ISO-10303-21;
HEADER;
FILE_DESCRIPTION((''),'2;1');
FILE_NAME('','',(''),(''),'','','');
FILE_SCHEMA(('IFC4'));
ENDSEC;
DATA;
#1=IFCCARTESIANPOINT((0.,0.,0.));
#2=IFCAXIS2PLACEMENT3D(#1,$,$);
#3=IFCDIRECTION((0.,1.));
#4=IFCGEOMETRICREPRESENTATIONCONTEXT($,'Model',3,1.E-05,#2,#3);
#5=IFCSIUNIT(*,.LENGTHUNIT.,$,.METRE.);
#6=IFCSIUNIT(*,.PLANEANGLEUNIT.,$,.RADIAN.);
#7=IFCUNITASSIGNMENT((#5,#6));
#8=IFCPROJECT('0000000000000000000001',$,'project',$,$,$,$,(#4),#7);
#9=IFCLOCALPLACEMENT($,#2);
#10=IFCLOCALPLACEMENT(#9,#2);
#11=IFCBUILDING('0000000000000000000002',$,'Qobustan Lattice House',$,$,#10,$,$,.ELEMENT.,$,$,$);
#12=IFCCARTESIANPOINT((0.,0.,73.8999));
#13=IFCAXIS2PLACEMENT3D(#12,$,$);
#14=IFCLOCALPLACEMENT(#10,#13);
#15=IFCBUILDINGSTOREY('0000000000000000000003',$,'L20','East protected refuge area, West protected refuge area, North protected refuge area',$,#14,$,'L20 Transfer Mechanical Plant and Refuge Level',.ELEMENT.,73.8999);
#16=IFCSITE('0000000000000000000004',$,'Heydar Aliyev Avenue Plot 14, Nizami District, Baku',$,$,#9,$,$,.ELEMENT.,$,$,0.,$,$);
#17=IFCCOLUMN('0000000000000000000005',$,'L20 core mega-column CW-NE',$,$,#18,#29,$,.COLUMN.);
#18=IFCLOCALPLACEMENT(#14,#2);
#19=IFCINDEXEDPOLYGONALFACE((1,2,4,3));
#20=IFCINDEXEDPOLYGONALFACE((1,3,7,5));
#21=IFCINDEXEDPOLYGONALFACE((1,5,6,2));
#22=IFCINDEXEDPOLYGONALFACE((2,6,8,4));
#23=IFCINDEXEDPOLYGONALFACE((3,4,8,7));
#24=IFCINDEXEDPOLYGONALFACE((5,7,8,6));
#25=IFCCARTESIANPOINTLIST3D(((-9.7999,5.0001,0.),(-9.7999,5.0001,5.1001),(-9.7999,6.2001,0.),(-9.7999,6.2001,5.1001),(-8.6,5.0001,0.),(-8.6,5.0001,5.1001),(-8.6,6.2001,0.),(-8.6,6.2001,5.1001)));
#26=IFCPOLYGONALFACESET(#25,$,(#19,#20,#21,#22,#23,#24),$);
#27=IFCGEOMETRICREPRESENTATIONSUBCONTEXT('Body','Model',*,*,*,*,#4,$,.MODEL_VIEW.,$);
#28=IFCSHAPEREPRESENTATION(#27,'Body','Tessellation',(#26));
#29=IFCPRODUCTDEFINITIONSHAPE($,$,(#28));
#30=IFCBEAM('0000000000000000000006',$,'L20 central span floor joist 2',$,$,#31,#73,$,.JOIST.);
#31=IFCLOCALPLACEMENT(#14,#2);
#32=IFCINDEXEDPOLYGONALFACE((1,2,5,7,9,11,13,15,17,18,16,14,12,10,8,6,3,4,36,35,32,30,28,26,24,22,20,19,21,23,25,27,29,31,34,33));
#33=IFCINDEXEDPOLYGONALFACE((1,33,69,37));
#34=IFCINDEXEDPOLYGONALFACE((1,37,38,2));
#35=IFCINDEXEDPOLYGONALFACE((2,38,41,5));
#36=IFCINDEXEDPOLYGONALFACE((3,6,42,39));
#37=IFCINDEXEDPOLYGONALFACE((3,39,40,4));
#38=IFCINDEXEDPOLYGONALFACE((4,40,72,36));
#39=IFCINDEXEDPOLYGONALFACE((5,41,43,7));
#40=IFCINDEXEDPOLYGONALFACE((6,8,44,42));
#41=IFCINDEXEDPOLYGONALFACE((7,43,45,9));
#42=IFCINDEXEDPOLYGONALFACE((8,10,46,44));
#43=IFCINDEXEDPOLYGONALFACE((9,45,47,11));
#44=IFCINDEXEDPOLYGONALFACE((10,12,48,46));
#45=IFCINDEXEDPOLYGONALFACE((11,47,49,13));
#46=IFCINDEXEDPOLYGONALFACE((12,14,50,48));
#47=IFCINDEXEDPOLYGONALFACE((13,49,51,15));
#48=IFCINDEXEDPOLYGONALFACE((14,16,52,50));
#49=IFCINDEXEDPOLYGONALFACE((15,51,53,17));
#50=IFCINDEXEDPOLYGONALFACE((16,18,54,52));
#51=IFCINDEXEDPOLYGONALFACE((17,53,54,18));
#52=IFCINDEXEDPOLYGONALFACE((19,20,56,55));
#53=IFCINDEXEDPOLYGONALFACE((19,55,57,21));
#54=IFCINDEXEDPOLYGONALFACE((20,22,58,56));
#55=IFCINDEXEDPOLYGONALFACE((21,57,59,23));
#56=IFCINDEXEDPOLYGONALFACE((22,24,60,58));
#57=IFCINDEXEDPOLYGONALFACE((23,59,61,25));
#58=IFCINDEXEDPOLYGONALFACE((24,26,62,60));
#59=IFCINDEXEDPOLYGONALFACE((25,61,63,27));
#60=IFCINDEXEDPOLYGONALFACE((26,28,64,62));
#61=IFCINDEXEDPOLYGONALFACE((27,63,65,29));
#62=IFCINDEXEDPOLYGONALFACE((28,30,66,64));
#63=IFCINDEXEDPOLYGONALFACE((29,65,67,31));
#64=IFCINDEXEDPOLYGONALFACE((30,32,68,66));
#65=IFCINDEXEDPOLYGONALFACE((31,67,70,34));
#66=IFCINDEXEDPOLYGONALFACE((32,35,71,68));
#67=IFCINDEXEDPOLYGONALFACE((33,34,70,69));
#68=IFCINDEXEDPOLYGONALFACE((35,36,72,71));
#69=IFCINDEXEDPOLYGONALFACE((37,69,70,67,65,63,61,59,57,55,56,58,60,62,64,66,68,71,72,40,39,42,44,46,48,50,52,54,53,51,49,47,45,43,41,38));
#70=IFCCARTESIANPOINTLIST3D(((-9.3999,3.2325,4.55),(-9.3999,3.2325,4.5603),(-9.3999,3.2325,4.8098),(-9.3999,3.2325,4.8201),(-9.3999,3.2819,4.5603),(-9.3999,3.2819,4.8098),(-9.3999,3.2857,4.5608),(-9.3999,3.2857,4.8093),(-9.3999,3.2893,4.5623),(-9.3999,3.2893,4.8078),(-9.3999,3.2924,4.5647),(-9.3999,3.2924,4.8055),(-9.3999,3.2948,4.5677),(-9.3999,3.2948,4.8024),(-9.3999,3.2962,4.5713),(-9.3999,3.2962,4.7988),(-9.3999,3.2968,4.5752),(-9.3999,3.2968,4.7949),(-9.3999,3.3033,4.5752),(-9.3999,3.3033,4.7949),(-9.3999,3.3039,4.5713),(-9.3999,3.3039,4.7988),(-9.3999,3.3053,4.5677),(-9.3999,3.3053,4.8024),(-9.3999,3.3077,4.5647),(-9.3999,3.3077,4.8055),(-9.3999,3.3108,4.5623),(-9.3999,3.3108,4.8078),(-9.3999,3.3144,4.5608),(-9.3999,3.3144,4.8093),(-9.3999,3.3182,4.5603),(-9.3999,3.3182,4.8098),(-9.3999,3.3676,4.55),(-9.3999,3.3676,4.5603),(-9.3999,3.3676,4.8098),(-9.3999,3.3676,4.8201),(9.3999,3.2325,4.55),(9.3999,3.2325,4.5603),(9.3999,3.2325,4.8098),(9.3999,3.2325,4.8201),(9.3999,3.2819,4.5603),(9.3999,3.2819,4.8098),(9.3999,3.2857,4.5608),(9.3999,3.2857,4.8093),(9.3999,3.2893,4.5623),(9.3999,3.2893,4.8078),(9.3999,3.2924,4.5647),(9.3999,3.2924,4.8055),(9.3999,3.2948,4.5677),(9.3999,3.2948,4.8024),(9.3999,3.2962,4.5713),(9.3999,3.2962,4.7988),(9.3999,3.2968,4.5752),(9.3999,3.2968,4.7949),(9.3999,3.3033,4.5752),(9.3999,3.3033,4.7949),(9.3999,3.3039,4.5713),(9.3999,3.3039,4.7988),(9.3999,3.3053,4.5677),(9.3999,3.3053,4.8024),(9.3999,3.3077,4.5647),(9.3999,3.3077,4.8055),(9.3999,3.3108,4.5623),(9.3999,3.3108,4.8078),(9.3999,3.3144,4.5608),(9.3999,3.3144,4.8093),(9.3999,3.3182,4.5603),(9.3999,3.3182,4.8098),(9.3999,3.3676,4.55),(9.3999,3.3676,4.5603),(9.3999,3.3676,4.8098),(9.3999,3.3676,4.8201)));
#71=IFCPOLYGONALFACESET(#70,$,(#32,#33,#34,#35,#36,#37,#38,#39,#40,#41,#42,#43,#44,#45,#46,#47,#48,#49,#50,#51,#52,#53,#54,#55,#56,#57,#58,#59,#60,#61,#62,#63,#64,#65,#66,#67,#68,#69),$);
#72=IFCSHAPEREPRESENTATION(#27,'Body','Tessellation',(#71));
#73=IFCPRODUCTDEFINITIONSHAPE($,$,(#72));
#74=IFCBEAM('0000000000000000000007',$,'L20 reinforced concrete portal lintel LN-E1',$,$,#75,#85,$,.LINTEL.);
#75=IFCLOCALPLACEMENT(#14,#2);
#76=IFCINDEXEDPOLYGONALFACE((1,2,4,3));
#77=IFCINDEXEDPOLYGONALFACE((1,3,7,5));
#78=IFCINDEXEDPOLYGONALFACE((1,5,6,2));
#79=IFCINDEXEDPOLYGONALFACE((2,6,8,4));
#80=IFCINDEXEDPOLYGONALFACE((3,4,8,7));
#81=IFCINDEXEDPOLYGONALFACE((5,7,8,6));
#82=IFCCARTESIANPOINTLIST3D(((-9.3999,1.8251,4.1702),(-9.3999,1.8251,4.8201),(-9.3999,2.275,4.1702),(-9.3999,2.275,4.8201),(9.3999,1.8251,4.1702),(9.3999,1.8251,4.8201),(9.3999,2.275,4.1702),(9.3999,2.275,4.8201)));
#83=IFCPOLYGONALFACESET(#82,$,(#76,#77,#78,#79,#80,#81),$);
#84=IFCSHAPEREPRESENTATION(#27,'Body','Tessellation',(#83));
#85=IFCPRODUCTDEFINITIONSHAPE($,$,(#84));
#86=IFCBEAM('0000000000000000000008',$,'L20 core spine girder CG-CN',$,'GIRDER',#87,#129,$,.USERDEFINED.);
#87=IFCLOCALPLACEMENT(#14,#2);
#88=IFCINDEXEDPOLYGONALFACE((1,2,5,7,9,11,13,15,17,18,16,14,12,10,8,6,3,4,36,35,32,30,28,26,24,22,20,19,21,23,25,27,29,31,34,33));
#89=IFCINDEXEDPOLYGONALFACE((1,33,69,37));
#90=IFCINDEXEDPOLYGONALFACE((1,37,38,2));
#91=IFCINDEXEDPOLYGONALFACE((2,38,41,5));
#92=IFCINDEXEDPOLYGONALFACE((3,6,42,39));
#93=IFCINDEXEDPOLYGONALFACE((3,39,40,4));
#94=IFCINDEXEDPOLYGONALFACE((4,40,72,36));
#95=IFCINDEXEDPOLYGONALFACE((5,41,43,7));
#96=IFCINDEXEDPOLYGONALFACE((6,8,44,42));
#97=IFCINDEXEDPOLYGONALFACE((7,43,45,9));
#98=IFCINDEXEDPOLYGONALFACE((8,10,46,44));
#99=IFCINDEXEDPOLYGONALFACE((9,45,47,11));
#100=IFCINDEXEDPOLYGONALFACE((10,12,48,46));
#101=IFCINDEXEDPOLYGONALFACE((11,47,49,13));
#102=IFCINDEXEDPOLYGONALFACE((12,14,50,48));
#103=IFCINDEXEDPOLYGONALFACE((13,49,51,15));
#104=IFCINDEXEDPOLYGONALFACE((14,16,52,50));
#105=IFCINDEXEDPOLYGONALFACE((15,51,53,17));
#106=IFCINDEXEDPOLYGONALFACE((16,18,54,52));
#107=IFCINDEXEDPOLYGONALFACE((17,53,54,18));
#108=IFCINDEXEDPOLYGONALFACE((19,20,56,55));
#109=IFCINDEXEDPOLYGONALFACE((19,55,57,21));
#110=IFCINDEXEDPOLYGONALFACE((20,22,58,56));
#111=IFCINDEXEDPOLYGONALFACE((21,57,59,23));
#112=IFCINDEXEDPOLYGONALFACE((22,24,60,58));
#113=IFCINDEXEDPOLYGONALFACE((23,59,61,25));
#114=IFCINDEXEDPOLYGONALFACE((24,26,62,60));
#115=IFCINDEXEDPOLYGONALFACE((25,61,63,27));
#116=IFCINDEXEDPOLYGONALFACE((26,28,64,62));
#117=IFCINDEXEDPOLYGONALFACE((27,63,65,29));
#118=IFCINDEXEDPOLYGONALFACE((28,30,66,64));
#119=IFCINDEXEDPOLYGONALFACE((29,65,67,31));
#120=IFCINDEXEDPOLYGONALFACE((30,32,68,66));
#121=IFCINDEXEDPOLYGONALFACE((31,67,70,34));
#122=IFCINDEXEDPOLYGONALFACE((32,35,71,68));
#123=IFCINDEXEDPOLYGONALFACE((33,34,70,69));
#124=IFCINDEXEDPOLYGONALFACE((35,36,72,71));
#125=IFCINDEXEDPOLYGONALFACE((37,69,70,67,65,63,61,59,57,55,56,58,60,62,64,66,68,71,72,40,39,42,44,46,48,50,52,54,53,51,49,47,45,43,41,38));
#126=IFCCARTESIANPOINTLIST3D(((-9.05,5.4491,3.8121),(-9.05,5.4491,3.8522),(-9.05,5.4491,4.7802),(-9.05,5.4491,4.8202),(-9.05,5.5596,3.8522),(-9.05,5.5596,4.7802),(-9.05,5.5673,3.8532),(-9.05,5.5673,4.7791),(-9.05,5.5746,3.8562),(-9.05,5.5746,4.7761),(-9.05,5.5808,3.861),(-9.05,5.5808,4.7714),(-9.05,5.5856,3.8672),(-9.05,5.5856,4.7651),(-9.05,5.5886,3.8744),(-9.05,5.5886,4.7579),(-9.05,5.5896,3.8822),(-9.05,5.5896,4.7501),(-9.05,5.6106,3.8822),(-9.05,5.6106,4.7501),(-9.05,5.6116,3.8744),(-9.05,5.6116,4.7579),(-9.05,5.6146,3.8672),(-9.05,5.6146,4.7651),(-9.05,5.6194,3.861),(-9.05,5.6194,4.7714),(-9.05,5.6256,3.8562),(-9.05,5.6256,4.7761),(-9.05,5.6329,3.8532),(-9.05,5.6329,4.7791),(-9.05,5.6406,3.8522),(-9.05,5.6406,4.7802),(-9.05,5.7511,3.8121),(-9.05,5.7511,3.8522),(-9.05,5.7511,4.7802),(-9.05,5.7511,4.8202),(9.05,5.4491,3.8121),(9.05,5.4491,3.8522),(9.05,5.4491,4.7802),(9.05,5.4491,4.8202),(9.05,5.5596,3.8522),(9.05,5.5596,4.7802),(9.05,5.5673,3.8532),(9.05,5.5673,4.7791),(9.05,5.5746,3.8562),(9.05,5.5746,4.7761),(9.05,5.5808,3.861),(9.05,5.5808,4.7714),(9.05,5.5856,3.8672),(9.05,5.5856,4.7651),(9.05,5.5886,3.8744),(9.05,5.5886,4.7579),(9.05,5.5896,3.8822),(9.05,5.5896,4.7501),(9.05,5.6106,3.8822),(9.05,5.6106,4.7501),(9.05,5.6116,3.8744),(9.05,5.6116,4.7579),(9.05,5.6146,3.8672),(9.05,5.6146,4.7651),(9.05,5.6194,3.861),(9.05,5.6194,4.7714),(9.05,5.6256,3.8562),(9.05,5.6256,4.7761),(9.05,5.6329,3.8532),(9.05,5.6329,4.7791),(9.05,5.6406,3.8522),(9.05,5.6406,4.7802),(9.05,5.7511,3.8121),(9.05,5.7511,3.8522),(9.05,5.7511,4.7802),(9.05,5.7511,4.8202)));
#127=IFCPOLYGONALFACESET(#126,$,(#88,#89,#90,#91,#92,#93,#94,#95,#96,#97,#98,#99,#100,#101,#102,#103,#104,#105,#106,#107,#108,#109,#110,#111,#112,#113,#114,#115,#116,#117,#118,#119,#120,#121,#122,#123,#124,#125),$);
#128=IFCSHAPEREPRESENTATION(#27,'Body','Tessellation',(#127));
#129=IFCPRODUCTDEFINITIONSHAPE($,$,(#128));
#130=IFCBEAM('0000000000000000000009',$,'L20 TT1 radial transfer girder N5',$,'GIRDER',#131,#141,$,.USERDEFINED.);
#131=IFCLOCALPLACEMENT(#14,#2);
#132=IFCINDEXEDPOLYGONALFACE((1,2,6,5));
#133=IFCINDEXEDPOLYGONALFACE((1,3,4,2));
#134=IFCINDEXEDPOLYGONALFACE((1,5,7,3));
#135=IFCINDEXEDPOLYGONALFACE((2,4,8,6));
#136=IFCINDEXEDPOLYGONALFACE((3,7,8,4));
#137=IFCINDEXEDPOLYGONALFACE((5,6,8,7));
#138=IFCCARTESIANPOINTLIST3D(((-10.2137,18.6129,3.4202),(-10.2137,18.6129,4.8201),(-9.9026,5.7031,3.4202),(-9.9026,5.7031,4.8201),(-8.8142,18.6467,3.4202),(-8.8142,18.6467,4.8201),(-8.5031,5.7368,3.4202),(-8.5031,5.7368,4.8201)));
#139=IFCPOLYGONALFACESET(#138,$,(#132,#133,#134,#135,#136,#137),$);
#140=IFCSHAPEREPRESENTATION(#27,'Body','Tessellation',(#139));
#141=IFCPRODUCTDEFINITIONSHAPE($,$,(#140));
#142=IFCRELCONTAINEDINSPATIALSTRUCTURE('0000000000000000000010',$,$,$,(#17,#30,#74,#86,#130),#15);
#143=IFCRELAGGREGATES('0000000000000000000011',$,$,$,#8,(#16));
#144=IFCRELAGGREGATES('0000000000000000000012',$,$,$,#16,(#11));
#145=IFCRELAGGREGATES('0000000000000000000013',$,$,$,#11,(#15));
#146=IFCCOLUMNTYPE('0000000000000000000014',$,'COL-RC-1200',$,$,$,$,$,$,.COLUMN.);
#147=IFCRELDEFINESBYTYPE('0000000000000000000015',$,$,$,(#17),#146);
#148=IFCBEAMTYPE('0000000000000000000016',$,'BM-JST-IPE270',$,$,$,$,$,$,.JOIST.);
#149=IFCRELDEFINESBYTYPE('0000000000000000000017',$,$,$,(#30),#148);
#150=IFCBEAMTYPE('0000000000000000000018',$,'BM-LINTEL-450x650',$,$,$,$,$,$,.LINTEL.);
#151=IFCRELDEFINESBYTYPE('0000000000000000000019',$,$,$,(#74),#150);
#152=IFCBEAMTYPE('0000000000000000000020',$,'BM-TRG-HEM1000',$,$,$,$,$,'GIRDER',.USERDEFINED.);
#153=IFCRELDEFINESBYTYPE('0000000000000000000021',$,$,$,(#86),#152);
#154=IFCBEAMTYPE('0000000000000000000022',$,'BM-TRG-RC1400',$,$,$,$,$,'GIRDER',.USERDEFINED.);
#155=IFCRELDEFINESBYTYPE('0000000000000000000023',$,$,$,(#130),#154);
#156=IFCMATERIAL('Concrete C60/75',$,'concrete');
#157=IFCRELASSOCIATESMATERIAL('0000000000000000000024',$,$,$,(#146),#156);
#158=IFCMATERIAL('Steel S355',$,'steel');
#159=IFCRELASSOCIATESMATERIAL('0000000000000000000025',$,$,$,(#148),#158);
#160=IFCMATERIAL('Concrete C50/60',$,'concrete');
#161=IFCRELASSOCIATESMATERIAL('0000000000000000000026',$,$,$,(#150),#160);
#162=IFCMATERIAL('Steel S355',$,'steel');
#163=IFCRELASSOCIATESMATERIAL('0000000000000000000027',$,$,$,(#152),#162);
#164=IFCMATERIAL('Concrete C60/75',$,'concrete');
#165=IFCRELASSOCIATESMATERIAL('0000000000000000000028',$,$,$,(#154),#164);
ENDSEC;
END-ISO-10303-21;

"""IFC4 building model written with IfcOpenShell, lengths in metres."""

from ifc_helpers import new_model, si_unit, direction, frame, origin, origin_2d, place, context, subcontext, project, spatial, rectangle, i_section, extrude, material, material_profile, profile_set, type_object, element, save


model = new_model("IFC4")

# Units and contexts
model_context = context("Model", 3, precision=1e-05, world=origin(), true_north=direction((0.0, 1.0)))
body_context = subcontext(model_context, "Body", "Model", "MODEL_VIEW")
ifc_project = project(units=[si_unit("LENGTHUNIT", "METRE"), si_unit("PLANEANGLEUNIT", "RADIAN")], contexts=[model_context])

# Site, building, storey
site_placement = place(None, origin())
site = spatial("IfcSite", under=ifc_project, at=site_placement, Name="Heydar Aliyev Avenue Plot 14, Nizami District, Baku", CompositionType="ELEMENT", RefElevation=0.0)
building_placement = place(site_placement, origin())
building = spatial("IfcBuilding", under=site, at=building_placement, Name="Qobustan Lattice House", CompositionType="ELEMENT")
storey_placement = place(building_placement, frame((0.0, 0.0, 73.8999)))
storey = spatial("IfcBuildingStorey", under=building, at=storey_placement, Name="L20", Description="East protected refuge area, West protected refuge area, North protected refuge area", LongName="L20 Transfer Mechanical Plant and Refuge Level", CompositionType="ELEMENT", Elevation=73.8999)

# Column
ifc_material_1 = material(Name="Concrete C60/75", Category="concrete")
ifc_material_profile_1 = material_profile(ifc_material_1, rectangle(XDim=1.2, YDim=1.2, at=origin_2d()), Name="RC1200x1200")
ifc_profile_set_1 = profile_set([ifc_material_profile_1], Name="Concrete C60/75")
column_type = type_object("IfcColumnType", Name="COL-RC-1200", PredefinedType="COLUMN", material=ifc_profile_set_1)
column_placement = place(storey_placement, frame((-9.2, 5.6001, 0.0), z_axis=(0.0, 0.0, 1.0), x_axis=(1.0, 0.0, 0.0)))
element("IfcColumn", 1, at=column_placement, inside=storey, type_object=column_type, Name="L20 core mega-column CW-NE", PredefinedType="COLUMN", context=body_context, shape_type="SweptSolid", body=[
    extrude(rectangle(XDim=1.2, YDim=1.2, at=origin_2d()), origin(), (0.0, 0.0, 1.0), 5.1001),
])

# Beams
ifc_material_2 = material(Name="Steel S355", Category="steel")
ifc_material_profile_2 = material_profile(ifc_material_2, i_section(OverallWidth=0.135, OverallDepth=0.27, WebThickness=0.0066, FlangeThickness=0.0103, FilletRadius=0.0149, at=origin_2d()), Name="IPE270")
ifc_profile_set_2 = profile_set([ifc_material_profile_2], Name="Steel S355")
beam_type_1 = type_object("IfcBeamType", Name="BM-JST-IPE270", PredefinedType="JOIST", material=ifc_profile_set_2)
beam_1_placement = place(storey_placement, frame((-9.3999, 3.3, 4.6851), z_axis=(1.0, 0.0, 0.0), x_axis=(0.0, 1.0, 0.0)))
element("IfcBeam", 2, at=beam_1_placement, inside=storey, type_object=beam_type_1, Name="L20 central span floor joist 2", PredefinedType="JOIST", context=body_context, shape_type="SweptSolid", body=[
    extrude(i_section(OverallWidth=0.135, OverallDepth=0.27, WebThickness=0.0066, FlangeThickness=0.0103, FilletRadius=0.0149, at=origin_2d()), origin(), (0.0, 0.0, 1.0), 18.7998),
])
ifc_material_3 = material(Name="Concrete C50/60", Category="concrete")
ifc_material_profile_3 = material_profile(ifc_material_3, rectangle(XDim=0.45, YDim=0.6499, at=origin_2d()), Name="RC450x650")
ifc_profile_set_3 = profile_set([ifc_material_profile_3], Name="Concrete C50/60")
beam_type_2 = type_object("IfcBeamType", Name="BM-LINTEL-450x650", PredefinedType="LINTEL", material=ifc_profile_set_3)
beam_2_placement = place(storey_placement, frame((-9.3999, 2.05, 4.4951), z_axis=(1.0, 0.0, 0.0), x_axis=(0.0, 1.0, 0.0)))
element("IfcBeam", 3, at=beam_2_placement, inside=storey, type_object=beam_type_2, Name="L20 reinforced concrete portal lintel LN-E1", PredefinedType="LINTEL", context=body_context, shape_type="SweptSolid", body=[
    extrude(rectangle(XDim=0.45, YDim=0.6499, at=origin_2d()), origin(), (0.0, 0.0, 1.0), 18.7998),
])
ifc_material_4 = material(Name="Steel S355", Category="steel")
ifc_material_profile_4 = material_profile(ifc_material_4, i_section(OverallWidth=0.302, OverallDepth=1.0081, WebThickness=0.021, FlangeThickness=0.04, FilletRadius=0.03, at=origin_2d()), Name="HEM1000")
ifc_profile_set_4 = profile_set([ifc_material_profile_4], Name="Steel S355")
beam_type_3 = type_object("IfcBeamType", Name="BM-TRG-HEM1000", ElementType="GIRDER", PredefinedType="USERDEFINED", material=ifc_profile_set_4)
beam_3_placement = place(storey_placement, frame((-9.05, 5.6001, 4.3162), z_axis=(1.0, 0.0, 0.0), x_axis=(0.0, 1.0, 0.0)))
element("IfcBeam", 4, at=beam_3_placement, inside=storey, type_object=beam_type_3, Name="L20 core spine girder CG-CN", ObjectType="GIRDER", PredefinedType="USERDEFINED", context=body_context, shape_type="SweptSolid", body=[
    extrude(i_section(OverallWidth=0.302, OverallDepth=1.0081, WebThickness=0.021, FlangeThickness=0.04, FilletRadius=0.03, at=origin_2d()), origin(), (0.0, 0.0, 1.0), 18.1001),
])
ifc_material_5 = material(Name="Concrete C60/75", Category="concrete")
ifc_material_profile_5 = material_profile(ifc_material_5, rectangle(XDim=1.3999, YDim=1.3999, at=origin_2d()), Name="RC1400x1400")
ifc_profile_set_5 = profile_set([ifc_material_profile_5], Name="Concrete C60/75")
beam_type_4 = type_object("IfcBeamType", Name="BM-TRG-RC1400", ElementType="GIRDER", PredefinedType="USERDEFINED", material=ifc_profile_set_5)
beam_4_placement = place(storey_placement, frame((-9.2029, 5.72, 4.1201), z_axis=(-0.024086, 0.99971, 0.0), x_axis=(-0.99971, -0.024086, 0.0)))
element("IfcBeam", 5, at=beam_4_placement, inside=storey, type_object=beam_type_4, Name="L20 TT1 radial transfer girder N5", ObjectType="GIRDER", PredefinedType="USERDEFINED", context=body_context, shape_type="SweptSolid", body=[
    extrude(rectangle(XDim=1.3999, YDim=1.3999, at=origin_2d()), origin(), (0.0, 0.0, 1.0), 12.9136),
])

save(model, "model.ifc")
